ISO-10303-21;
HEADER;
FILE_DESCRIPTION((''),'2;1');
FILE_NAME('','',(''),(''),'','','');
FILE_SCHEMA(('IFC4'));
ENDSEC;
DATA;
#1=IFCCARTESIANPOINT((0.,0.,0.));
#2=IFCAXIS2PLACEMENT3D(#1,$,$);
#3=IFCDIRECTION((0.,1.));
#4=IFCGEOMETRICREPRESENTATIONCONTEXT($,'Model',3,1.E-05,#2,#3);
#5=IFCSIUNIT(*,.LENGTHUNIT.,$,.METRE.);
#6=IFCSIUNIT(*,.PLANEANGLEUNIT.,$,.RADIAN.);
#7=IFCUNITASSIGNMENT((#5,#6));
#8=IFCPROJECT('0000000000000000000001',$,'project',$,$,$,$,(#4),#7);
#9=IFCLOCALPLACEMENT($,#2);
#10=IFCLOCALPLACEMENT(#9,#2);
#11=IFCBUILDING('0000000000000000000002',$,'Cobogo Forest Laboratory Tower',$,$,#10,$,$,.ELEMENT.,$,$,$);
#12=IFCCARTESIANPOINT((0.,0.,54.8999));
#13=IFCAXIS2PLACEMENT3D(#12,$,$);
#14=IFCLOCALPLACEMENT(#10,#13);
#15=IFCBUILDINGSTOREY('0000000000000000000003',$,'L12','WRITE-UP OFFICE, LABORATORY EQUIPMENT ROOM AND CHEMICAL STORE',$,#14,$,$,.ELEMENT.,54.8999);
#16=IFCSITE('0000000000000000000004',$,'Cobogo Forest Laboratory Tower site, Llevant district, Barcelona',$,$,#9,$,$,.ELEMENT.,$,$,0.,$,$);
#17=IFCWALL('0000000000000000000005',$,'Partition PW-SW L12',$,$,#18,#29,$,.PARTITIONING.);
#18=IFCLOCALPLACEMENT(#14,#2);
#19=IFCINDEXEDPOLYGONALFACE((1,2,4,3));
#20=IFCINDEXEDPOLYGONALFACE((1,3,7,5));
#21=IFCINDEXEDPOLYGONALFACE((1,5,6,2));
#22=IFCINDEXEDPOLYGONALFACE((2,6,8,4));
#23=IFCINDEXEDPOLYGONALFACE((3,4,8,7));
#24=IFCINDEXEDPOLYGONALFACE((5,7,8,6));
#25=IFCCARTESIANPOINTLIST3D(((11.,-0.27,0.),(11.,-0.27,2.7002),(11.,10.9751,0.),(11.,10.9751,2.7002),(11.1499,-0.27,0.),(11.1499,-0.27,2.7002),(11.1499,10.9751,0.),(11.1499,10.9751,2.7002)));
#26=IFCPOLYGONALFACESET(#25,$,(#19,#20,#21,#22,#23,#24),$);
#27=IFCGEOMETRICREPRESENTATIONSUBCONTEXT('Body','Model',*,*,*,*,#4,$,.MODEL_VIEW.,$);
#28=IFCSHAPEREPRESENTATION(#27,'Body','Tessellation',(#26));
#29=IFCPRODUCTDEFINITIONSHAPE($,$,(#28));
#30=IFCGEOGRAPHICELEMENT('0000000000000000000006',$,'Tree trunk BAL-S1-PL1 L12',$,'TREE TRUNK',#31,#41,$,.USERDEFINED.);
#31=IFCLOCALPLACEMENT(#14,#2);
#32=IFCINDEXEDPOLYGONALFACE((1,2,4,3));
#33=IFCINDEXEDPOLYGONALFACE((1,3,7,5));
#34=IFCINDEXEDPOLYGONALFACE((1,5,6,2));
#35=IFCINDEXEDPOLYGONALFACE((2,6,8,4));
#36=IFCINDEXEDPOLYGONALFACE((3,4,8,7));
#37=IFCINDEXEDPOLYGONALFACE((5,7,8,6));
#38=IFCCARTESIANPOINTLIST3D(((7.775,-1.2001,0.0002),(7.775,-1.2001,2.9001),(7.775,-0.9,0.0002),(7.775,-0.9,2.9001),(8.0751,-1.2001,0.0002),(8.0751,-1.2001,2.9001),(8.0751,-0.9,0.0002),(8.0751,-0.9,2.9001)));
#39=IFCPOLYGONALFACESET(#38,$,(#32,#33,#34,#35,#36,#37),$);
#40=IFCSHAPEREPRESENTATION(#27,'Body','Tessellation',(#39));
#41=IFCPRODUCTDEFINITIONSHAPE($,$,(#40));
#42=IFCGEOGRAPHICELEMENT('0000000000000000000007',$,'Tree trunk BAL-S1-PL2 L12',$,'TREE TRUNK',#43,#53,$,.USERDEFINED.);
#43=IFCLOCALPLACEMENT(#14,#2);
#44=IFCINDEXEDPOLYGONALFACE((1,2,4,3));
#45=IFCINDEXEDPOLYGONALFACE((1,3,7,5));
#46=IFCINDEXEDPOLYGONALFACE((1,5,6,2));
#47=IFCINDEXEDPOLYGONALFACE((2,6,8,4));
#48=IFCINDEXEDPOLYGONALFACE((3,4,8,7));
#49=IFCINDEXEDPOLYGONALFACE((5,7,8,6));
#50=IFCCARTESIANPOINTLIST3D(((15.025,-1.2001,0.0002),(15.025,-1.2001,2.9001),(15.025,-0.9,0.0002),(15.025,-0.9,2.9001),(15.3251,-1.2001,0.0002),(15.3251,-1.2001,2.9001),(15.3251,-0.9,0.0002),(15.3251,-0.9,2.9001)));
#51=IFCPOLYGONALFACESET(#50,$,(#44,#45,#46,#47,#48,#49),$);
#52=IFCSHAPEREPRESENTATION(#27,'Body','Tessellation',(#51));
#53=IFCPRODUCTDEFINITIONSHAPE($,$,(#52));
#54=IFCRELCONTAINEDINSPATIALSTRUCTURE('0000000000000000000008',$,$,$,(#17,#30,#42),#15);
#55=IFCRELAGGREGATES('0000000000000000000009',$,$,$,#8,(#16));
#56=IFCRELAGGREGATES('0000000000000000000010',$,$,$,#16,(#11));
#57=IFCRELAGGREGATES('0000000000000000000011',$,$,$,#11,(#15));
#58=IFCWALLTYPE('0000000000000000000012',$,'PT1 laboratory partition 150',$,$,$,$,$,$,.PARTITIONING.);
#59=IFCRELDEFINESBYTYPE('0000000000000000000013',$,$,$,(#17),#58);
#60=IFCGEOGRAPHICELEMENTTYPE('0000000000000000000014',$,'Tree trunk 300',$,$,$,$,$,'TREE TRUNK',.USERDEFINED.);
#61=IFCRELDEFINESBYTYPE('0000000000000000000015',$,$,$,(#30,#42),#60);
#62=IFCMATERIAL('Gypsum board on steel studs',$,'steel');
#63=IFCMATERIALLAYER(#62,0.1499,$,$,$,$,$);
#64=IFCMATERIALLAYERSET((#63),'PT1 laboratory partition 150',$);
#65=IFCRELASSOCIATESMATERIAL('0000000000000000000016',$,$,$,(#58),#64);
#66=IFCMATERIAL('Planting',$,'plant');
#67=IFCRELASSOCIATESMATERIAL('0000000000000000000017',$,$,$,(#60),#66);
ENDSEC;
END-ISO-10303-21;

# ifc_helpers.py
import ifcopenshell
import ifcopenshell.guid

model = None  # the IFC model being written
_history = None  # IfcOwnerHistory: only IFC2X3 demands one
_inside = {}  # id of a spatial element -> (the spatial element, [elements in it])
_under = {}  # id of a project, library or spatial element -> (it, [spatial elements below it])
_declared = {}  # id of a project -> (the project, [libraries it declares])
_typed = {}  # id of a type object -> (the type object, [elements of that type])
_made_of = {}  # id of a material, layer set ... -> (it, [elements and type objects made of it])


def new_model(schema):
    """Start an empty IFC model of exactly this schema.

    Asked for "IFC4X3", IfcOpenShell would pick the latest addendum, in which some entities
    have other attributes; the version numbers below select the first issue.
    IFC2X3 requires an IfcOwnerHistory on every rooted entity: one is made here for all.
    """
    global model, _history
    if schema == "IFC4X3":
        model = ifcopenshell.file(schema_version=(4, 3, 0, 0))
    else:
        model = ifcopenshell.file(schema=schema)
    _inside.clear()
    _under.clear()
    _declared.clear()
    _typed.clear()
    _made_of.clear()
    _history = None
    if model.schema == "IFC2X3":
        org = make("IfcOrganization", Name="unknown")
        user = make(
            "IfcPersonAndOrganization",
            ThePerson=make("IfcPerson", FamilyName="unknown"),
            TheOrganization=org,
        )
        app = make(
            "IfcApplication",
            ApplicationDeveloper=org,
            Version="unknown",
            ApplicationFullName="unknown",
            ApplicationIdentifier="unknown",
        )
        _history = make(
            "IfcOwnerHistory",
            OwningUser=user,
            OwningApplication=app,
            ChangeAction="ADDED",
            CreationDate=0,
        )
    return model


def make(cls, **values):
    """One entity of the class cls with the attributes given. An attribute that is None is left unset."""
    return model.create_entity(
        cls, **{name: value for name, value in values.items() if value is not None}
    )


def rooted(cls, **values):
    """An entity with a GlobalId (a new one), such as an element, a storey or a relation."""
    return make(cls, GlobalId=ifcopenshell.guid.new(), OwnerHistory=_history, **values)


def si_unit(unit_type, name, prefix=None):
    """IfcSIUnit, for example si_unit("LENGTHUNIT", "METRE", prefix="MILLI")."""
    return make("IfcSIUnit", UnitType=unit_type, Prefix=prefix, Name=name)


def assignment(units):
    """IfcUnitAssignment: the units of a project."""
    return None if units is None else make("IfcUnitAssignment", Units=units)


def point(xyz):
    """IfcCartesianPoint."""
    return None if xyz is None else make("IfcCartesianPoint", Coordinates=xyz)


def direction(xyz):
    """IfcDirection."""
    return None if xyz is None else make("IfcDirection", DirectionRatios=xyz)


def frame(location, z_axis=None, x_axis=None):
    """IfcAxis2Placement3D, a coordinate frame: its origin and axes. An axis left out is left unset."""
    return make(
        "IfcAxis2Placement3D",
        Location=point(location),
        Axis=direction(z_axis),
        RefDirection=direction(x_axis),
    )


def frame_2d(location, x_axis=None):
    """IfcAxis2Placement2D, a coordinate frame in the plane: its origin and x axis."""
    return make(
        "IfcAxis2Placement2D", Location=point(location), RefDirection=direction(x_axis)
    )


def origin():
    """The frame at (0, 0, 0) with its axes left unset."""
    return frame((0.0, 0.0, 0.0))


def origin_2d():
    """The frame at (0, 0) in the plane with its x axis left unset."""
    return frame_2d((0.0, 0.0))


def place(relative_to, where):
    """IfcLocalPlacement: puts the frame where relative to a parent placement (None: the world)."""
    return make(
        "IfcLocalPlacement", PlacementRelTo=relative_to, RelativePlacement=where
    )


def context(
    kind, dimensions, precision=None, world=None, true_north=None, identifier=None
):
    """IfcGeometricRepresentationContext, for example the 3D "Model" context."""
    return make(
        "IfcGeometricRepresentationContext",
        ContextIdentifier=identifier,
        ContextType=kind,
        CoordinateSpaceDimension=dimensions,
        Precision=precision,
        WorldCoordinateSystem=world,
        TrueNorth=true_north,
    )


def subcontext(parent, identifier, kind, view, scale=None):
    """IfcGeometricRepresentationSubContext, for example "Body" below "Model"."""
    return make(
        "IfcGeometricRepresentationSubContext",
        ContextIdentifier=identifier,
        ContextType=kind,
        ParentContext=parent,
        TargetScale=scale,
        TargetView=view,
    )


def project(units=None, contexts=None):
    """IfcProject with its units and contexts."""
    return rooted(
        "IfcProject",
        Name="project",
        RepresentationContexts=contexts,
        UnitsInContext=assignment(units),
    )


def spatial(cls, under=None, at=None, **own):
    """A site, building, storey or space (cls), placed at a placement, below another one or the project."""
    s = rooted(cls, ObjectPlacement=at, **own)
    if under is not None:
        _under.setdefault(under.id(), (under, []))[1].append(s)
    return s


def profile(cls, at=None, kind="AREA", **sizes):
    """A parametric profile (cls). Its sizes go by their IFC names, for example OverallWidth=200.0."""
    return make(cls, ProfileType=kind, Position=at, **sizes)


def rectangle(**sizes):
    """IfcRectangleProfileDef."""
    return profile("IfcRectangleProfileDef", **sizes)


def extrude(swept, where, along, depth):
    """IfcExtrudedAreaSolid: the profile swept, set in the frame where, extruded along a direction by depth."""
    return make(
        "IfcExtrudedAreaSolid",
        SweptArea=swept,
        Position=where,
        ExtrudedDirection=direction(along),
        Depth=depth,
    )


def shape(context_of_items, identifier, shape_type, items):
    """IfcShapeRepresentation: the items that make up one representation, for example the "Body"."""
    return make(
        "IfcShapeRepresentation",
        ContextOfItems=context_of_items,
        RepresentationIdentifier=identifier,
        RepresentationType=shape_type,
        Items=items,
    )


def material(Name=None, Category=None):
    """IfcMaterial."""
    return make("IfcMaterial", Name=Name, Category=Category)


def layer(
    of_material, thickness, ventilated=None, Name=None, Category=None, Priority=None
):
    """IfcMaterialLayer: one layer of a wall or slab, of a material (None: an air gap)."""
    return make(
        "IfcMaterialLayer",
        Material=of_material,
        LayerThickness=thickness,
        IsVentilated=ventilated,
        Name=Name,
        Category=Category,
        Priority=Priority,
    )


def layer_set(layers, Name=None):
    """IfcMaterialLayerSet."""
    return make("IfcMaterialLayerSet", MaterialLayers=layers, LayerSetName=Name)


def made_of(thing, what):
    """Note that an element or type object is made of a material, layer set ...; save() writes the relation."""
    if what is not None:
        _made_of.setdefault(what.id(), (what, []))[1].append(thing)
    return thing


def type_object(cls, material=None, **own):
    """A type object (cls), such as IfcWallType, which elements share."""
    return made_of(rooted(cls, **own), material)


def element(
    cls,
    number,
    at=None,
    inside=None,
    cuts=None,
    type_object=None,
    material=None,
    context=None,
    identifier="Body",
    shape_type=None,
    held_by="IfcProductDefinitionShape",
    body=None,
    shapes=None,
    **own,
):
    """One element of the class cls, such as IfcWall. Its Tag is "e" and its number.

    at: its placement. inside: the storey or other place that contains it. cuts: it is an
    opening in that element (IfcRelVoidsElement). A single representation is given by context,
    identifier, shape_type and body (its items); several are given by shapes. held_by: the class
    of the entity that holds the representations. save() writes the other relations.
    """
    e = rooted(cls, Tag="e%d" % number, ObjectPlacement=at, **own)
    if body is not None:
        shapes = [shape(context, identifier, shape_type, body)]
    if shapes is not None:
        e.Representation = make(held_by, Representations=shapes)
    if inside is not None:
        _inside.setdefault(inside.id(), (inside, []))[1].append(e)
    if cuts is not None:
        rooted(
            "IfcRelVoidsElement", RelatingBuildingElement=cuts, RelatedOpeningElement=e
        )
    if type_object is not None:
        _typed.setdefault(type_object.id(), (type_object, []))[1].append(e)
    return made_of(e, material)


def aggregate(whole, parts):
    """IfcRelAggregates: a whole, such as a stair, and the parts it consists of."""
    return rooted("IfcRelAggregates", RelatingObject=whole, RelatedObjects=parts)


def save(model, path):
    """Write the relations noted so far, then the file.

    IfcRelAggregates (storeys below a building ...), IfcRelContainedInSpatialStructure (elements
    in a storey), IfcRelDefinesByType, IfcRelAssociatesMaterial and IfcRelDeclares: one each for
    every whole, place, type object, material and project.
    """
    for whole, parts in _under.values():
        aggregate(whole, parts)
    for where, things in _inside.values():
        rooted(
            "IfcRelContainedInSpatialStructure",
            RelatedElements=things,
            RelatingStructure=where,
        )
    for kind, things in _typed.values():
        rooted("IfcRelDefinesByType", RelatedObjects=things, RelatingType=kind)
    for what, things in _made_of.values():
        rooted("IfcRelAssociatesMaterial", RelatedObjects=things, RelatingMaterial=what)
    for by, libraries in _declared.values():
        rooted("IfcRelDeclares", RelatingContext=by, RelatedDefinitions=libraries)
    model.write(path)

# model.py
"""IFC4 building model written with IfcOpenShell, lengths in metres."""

from ifc_helpers import new_model, si_unit, direction, frame, frame_2d, origin, origin_2d, place, context, subcontext, project, spatial, rectangle, extrude, material, layer, layer_set, type_object, element, save


model = new_model("IFC4")

# Units and contexts
model_context = context("Model", 3, precision=1e-05, world=origin(), true_north=direction((0.0, 1.0)))
body_context = subcontext(model_context, "Body", "Model", "MODEL_VIEW")
ifc_project = project(units=[si_unit("LENGTHUNIT", "METRE"), si_unit("PLANEANGLEUNIT", "RADIAN")], contexts=[model_context])

# Site, building, storey
site_placement = place(None, origin())
site = spatial("IfcSite", under=ifc_project, at=site_placement, Name="Cobogo Forest Laboratory Tower site, Llevant district, Barcelona", CompositionType="ELEMENT", RefElevation=0.0)
building_placement = place(site_placement, origin())
building = spatial("IfcBuilding", under=site, at=building_placement, Name="Cobogo Forest Laboratory Tower", CompositionType="ELEMENT")
storey_placement = place(building_placement, frame((0.0, 0.0, 54.8999)))
storey = spatial("IfcBuildingStorey", under=building, at=storey_placement, Name="L12", Description="WRITE-UP OFFICE, LABORATORY EQUIPMENT ROOM AND CHEMICAL STORE", CompositionType="ELEMENT", Elevation=54.8999)

# Wall
ifc_material_1 = material(Name="Gypsum board on steel studs", Category="steel")
ifc_layer_1 = layer(ifc_material_1, 0.1499)
ifc_layer_set_1 = layer_set([ifc_layer_1], Name="PT1 laboratory partition 150")
wall_type_1 = type_object("IfcWallType", Name="PT1 laboratory partition 150", PredefinedType="PARTITIONING", material=ifc_layer_set_1)
wall_1_placement = place(storey_placement, frame((11.075, -0.27, 0.0), z_axis=(0.0, 0.0, 1.0), x_axis=(0.0, 1.0, 0.0)))
element("IfcWall", 1, at=wall_1_placement, inside=storey, type_object=wall_type_1, Name="Partition PW-SW L12", PredefinedType="PARTITIONING", context=body_context, shape_type="SweptSolid", body=[
    extrude(rectangle(XDim=11.2451, YDim=0.1499, at=frame_2d((5.6226, 0.0))), origin(), (0.0, 0.0, 1.0), 2.7002),
])

# Geographic elements
ifc_material_2 = material(Name="Planting", Category="plant")
geographic_element_type = type_object("IfcGeographicElementType", Name="Tree trunk 300", ElementType="TREE TRUNK", PredefinedType="USERDEFINED", material=ifc_material_2)
for number, where, z_axis, x_axis, name in (
    (2, (7.925, -1.05, 0.0002), (0.0, 0.0, 1.0), (1.0, 0.0, 0.0), "Tree trunk BAL-S1-PL1 L12"),
    (3, (15.175, -1.05, 0.0002), (0.0, 0.0, 1.0), (1.0, 0.0, 0.0), "Tree trunk BAL-S1-PL2 L12"),
):
    element("IfcGeographicElement", number, at=place(storey_placement, frame(where, z_axis=z_axis, x_axis=x_axis)), inside=storey, type_object=geographic_element_type, Name=name, ObjectType="TREE TRUNK", PredefinedType="USERDEFINED", context=body_context, shape_type="SweptSolid", body=[
        extrude(rectangle(XDim=0.3, YDim=0.3, at=origin_2d()), origin(), (0.0, 0.0, 1.0), 2.8999),
    ])

save(model, "model.ifc")
